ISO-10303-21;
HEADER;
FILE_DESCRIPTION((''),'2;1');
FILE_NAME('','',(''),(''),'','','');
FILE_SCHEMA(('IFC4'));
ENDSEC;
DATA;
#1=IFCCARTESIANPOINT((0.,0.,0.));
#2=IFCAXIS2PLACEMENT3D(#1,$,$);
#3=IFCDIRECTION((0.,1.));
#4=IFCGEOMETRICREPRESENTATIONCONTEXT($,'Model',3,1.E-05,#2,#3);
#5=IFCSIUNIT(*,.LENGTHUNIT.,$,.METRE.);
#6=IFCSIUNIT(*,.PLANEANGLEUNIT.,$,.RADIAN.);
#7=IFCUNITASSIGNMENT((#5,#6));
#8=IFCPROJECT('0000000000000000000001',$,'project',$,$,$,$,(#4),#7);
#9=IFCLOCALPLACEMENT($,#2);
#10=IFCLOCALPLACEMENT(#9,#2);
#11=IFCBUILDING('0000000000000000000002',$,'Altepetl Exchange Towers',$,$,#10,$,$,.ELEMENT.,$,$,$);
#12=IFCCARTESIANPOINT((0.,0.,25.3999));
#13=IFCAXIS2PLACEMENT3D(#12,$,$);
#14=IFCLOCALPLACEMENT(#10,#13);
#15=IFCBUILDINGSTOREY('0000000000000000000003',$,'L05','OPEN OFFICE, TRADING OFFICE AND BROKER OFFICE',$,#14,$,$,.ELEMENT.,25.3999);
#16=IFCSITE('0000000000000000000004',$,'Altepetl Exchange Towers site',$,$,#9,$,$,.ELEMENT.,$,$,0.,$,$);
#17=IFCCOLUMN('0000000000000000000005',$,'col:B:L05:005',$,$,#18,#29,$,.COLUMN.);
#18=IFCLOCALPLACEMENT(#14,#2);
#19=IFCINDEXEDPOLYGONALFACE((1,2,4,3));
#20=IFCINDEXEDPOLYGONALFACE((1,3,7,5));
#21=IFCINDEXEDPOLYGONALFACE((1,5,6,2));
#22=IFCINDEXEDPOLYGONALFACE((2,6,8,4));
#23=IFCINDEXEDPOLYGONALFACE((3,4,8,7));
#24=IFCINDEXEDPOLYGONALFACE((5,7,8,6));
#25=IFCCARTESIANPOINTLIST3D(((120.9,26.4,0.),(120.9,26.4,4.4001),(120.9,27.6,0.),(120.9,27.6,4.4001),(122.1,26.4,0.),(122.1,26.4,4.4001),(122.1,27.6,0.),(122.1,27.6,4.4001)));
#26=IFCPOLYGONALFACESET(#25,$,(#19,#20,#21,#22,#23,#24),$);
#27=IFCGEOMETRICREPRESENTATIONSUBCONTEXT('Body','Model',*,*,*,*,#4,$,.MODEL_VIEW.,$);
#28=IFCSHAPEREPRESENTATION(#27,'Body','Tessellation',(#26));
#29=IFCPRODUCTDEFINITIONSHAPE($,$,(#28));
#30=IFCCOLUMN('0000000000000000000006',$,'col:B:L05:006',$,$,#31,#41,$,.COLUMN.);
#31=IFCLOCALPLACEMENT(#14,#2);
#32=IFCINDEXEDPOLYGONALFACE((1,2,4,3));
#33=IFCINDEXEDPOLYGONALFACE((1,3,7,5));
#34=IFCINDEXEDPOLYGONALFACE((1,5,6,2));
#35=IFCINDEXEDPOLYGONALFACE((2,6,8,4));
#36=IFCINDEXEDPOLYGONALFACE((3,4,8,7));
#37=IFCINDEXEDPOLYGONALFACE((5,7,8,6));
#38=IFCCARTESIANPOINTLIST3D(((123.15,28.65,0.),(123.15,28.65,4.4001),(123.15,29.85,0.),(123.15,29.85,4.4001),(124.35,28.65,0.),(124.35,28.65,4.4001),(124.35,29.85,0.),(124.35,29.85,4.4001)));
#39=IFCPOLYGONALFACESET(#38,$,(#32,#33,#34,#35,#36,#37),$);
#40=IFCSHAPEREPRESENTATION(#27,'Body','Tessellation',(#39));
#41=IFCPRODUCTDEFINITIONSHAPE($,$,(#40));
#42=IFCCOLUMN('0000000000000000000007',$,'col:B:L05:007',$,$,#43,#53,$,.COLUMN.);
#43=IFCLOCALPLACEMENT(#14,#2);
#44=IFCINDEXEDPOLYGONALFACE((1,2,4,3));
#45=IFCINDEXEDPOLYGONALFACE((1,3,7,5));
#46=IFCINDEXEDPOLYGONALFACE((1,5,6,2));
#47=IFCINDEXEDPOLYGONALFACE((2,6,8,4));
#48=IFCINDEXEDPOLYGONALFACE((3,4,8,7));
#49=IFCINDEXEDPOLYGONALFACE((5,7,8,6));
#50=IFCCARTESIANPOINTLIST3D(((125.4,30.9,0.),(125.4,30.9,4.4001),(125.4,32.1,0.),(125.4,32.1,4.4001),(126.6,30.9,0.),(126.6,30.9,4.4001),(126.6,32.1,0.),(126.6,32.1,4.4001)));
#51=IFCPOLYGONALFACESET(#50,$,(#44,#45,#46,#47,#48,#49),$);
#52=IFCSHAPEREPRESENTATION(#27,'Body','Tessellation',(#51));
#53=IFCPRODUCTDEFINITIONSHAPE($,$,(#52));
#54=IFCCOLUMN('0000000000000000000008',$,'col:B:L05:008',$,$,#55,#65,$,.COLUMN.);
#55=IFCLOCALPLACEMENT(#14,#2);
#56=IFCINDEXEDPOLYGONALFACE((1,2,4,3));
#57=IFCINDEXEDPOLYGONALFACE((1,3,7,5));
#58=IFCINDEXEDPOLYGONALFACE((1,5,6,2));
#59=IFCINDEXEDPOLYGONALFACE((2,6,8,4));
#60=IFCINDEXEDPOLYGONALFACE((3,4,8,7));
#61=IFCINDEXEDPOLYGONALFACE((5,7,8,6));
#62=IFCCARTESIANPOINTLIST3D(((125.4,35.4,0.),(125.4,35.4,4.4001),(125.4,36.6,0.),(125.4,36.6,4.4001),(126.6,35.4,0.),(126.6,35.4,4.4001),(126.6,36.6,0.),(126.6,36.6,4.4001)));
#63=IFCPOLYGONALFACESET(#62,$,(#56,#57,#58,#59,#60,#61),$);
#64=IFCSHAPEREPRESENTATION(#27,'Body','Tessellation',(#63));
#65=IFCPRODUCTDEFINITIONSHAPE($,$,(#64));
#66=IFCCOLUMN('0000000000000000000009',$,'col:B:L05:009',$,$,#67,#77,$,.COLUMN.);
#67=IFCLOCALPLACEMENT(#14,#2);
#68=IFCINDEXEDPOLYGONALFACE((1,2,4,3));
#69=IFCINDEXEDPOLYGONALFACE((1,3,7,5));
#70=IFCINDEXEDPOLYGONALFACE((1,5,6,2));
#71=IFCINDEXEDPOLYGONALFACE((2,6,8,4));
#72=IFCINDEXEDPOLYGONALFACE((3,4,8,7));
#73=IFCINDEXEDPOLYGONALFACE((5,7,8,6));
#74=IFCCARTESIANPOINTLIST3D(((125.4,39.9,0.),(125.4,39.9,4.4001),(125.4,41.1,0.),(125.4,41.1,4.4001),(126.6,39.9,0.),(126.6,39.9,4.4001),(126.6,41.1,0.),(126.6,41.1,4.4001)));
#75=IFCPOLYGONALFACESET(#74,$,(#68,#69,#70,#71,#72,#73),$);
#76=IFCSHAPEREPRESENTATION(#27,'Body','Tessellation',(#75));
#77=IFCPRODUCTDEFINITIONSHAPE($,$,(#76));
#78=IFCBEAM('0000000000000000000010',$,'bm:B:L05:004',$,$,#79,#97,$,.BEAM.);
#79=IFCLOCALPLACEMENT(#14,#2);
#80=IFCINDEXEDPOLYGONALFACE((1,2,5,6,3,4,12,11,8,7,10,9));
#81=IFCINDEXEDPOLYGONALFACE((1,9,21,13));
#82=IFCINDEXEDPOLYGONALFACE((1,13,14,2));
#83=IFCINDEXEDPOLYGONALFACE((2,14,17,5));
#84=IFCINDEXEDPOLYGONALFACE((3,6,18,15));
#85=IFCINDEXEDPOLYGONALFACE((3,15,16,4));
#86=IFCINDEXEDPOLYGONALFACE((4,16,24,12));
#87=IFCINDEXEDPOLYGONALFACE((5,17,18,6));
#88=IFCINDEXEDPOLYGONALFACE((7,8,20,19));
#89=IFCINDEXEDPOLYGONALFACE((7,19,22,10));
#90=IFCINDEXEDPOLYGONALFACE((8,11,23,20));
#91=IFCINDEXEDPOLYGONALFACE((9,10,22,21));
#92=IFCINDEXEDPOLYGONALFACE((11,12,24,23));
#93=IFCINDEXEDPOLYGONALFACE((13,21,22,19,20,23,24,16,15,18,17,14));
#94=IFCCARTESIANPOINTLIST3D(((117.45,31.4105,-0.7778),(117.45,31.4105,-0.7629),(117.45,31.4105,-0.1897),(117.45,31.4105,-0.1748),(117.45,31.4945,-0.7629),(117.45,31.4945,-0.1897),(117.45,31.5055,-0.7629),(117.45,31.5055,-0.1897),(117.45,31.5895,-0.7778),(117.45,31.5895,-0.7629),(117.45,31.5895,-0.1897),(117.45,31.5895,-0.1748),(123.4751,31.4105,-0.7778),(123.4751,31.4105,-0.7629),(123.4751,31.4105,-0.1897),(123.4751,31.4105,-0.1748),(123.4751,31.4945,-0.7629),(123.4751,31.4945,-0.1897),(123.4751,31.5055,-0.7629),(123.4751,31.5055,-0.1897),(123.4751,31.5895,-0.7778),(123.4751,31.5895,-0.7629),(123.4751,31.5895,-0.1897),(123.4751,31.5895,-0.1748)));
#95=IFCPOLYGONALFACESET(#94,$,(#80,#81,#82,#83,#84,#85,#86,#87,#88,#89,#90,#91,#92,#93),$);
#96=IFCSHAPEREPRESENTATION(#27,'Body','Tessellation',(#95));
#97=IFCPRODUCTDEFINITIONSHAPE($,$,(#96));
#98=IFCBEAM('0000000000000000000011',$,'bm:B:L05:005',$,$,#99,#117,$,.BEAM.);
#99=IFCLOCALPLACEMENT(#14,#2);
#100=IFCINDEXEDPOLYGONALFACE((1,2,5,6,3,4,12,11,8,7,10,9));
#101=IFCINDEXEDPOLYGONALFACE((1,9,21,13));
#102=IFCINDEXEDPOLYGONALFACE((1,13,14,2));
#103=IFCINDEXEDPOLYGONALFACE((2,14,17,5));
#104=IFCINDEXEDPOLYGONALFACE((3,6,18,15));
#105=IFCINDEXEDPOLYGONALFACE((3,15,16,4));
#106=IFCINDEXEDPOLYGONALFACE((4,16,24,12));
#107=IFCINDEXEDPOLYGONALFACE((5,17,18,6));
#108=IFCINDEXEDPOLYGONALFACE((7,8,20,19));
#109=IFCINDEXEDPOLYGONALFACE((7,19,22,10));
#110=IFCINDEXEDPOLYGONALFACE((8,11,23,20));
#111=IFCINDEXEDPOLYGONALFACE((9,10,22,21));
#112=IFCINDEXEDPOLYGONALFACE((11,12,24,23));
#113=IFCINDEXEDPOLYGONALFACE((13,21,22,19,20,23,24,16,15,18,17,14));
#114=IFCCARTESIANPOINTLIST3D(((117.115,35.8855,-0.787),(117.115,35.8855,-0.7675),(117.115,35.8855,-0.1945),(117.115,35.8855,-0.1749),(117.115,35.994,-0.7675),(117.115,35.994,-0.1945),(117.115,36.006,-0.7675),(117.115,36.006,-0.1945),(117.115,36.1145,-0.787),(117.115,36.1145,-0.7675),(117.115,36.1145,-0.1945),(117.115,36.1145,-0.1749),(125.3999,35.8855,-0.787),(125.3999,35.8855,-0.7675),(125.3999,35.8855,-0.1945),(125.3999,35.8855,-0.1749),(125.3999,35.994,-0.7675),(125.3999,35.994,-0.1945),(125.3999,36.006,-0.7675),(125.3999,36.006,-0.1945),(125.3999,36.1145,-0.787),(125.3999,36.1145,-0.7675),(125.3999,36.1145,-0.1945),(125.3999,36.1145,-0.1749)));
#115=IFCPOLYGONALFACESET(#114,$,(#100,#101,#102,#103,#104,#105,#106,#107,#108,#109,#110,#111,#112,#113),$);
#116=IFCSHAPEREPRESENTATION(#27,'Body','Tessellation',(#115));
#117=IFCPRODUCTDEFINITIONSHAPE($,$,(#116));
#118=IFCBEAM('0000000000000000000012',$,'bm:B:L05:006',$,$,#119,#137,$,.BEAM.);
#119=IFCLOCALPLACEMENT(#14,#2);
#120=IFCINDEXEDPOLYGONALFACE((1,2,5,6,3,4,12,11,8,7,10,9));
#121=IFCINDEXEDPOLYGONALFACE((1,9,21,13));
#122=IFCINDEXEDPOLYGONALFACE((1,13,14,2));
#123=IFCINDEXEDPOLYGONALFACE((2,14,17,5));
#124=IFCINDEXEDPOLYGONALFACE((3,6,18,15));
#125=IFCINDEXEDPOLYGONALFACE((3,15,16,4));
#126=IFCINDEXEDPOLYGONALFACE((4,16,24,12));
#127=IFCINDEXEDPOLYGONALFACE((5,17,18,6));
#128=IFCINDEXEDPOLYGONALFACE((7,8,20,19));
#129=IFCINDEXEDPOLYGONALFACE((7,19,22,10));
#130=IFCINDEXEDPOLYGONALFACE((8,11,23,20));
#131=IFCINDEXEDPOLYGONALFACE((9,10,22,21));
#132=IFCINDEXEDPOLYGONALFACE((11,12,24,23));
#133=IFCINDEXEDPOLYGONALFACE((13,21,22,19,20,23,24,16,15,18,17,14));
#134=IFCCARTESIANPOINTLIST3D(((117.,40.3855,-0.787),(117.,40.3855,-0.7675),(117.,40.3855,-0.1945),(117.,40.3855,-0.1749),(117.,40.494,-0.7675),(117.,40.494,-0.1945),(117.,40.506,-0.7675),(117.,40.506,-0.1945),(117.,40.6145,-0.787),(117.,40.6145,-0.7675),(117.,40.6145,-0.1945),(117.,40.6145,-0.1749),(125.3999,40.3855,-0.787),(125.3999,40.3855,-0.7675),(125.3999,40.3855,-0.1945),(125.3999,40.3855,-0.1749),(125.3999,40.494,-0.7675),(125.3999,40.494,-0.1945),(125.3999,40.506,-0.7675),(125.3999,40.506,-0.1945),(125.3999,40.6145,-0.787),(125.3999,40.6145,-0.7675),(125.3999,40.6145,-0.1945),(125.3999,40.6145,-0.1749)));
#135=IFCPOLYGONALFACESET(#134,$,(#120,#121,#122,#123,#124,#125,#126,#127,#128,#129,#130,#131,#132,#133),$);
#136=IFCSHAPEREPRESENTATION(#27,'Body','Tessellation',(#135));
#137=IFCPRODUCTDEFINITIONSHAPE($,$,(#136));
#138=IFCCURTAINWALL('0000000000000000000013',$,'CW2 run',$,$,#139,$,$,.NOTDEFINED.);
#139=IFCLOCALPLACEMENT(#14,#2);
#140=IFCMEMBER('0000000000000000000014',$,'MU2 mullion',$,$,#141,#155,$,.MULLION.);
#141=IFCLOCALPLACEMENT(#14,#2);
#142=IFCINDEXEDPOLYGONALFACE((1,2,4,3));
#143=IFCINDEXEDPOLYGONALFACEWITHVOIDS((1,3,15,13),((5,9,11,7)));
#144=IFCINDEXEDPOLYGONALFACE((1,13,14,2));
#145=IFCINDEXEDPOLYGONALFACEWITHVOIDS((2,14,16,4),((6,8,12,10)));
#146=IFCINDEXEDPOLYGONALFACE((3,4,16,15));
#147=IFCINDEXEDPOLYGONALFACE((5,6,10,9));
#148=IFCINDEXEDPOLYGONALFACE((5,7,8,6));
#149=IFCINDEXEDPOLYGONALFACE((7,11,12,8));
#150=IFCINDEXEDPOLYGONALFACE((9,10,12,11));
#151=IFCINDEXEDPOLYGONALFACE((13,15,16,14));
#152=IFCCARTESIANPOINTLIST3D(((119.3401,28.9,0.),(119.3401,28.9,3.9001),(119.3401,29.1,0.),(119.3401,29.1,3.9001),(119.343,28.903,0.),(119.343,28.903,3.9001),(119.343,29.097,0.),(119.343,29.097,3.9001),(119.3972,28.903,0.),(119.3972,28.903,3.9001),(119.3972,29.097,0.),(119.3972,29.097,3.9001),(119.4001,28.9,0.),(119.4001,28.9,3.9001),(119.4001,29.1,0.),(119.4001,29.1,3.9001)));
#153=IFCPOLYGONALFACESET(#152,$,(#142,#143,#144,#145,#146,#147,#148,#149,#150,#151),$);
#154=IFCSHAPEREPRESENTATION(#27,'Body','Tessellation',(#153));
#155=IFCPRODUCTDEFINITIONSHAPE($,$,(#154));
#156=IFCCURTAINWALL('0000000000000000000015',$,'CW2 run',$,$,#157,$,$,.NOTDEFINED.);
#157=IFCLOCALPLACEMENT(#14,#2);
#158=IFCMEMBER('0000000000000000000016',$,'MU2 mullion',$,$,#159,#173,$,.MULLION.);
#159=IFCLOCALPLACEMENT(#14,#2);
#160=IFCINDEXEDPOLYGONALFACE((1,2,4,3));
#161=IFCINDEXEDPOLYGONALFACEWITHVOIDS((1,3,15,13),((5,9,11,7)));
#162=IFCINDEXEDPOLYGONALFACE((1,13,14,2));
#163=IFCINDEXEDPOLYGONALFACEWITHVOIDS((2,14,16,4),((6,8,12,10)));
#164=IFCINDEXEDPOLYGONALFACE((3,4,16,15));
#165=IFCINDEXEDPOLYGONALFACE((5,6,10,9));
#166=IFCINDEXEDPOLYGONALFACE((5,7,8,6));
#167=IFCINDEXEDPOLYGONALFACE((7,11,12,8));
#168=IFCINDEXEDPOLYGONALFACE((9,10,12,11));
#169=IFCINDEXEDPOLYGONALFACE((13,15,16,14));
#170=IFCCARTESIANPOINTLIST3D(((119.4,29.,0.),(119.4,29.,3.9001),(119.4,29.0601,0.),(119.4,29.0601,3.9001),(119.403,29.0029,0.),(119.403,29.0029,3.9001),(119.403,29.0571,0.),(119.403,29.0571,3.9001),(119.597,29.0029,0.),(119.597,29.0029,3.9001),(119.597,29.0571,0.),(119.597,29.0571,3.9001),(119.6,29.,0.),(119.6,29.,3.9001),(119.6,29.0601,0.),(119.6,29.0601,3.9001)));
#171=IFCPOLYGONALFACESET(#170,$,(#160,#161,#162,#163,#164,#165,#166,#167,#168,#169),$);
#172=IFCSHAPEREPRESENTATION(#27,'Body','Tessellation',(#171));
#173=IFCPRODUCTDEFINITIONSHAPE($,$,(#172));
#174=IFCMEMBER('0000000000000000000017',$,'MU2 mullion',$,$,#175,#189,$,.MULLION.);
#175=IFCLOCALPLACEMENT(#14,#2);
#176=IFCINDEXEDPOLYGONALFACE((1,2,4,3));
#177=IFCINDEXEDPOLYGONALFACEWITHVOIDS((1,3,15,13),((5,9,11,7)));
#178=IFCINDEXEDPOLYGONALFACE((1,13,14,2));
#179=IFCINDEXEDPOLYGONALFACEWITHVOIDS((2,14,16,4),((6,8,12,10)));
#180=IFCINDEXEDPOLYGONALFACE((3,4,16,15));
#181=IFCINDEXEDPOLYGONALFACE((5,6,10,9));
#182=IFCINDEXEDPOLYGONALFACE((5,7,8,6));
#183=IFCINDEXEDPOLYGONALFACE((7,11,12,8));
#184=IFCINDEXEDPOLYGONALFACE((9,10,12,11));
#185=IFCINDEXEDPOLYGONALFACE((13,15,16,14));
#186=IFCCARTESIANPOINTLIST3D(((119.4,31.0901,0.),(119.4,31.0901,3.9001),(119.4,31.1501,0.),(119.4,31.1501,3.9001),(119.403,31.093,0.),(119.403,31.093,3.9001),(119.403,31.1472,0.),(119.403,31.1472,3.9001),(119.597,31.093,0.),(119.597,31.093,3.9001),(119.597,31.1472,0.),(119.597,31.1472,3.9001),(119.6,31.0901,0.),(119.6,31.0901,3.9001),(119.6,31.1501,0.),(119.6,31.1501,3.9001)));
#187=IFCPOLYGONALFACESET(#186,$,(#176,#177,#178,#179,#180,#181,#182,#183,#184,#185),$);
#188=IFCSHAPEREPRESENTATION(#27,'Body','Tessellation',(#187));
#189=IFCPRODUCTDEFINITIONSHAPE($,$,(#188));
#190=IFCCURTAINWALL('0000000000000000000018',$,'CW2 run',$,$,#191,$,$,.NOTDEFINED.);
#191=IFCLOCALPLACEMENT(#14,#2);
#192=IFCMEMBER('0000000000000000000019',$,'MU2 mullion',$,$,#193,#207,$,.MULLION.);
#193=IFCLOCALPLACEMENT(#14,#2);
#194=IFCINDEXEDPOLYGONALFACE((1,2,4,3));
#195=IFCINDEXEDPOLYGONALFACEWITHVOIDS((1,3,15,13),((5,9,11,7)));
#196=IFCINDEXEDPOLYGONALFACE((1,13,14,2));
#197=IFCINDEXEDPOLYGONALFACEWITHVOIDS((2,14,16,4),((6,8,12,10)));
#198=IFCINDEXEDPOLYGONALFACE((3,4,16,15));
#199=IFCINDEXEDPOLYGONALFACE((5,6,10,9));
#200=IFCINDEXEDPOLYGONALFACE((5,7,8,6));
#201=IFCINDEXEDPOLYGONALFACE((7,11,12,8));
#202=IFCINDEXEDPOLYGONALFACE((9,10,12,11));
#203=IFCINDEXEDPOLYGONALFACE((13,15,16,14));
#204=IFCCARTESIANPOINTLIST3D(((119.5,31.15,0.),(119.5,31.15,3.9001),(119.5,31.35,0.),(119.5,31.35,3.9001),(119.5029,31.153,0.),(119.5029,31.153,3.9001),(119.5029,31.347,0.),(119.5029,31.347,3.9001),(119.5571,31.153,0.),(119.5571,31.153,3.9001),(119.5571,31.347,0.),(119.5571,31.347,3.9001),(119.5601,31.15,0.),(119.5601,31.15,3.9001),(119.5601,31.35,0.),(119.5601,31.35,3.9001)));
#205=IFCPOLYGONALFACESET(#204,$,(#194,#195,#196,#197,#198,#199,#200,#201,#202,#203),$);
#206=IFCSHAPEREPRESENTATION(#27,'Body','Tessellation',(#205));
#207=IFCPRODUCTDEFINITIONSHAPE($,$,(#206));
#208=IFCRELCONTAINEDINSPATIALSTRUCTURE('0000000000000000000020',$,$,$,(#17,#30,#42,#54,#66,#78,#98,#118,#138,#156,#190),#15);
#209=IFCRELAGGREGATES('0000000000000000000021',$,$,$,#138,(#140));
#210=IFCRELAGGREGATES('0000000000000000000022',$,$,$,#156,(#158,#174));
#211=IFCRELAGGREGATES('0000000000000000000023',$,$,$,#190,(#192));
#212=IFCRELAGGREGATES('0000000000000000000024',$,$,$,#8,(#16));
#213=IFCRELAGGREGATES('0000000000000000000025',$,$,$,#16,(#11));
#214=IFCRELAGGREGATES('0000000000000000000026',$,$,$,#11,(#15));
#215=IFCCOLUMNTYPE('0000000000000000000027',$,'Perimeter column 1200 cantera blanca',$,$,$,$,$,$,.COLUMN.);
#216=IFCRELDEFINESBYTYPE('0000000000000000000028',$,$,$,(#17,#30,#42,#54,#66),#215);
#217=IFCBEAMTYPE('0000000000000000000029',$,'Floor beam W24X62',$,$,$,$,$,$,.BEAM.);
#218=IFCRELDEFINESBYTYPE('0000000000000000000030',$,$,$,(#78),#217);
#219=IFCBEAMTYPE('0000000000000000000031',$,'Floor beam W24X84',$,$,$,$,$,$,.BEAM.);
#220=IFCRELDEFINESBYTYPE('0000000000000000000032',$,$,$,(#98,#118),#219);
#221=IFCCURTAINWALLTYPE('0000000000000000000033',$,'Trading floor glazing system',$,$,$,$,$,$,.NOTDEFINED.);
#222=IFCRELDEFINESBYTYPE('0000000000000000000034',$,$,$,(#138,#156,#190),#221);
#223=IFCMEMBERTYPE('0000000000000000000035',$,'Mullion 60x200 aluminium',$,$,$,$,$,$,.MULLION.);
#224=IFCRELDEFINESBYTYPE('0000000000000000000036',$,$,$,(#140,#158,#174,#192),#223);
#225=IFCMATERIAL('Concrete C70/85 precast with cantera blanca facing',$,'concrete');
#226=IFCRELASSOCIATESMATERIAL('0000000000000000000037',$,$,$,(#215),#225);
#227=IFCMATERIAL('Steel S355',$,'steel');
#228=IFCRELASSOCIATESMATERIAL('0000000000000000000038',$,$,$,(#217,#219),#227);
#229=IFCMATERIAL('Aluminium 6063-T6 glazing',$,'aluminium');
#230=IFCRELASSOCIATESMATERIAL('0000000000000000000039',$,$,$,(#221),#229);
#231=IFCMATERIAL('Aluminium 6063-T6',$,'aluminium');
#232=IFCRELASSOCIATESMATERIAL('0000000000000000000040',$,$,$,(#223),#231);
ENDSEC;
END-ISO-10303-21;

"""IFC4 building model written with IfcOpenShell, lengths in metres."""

from ifc_helpers import new_model, si_unit, direction, frame, origin, origin_2d, place, context, subcontext, project, spatial, rectangle, hollow_rectangle, i_section, extrude, material, material_profile, profile_set, type_object, element, aggregate, save


model = new_model("IFC4")

# Units and contexts
model_context = context("Model", 3, precision=1e-05, world=origin(), true_north=direction((0.0, 1.0)))
body_context = subcontext(model_context, "Body", "Model", "MODEL_VIEW")
ifc_project = project(units=[si_unit("LENGTHUNIT", "METRE"), si_unit("PLANEANGLEUNIT", "RADIAN")], contexts=[model_context])

# Site, building, storey
site_placement = place(None, origin())
site = spatial("IfcSite", under=ifc_project, at=site_placement, Name="Altepetl Exchange Towers site", CompositionType="ELEMENT", RefElevation=0.0)
building_placement = place(site_placement, origin())
building = spatial("IfcBuilding", under=site, at=building_placement, Name="Altepetl Exchange Towers", CompositionType="ELEMENT")
storey_placement = place(building_placement, frame((0.0, 0.0, 25.3999)))
storey = spatial("IfcBuildingStorey", under=building, at=storey_placement, Name="L05", Description="OPEN OFFICE, TRADING OFFICE AND BROKER OFFICE", CompositionType="ELEMENT", Elevation=25.3999)

# Columns
ifc_material_1 = material(Name="Concrete C70/85 precast with cantera blanca facing", Category="concrete")
ifc_material_profile_1 = material_profile(ifc_material_1, rectangle(XDim=1.2, YDim=1.2, at=origin_2d()), Name="1200 x 1200")
ifc_profile_set_1 = profile_set([ifc_material_profile_1], Name="Concrete C70/85 precast with cantera blanca facing")
column_type = type_object("IfcColumnType", Name="Perimeter column 1200 cantera blanca", PredefinedType="COLUMN", material=ifc_profile_set_1)
for number, where, name in (
    (1, (121.5, 27.0, 0.0), "col:B:L05:005"),
    (2, (123.75, 29.25, 0.0), "col:B:L05:006"),
    (3, (126.0, 31.5, 0.0), "col:B:L05:007"),
    (4, (126.0, 36.0, 0.0), "col:B:L05:008"),
    (5, (126.0, 40.5, 0.0), "col:B:L05:009"),
):
    element("IfcColumn", number, at=place(storey_placement, frame(where)), inside=storey, type_object=column_type, Name=name, PredefinedType="COLUMN", context=body_context, shape_type="SweptSolid", body=[
        extrude(rectangle(XDim=1.2, YDim=1.2, at=origin_2d()), origin(), (0.0, 0.0, 1.0), 4.4001),
    ])

# Beams
ifc_material_2 = material(Name="Steel S355", Category="steel")
ifc_material_profile_2 = material_profile(ifc_material_2, i_section(OverallWidth=0.179, OverallDepth=0.603, WebThickness=0.011, FlangeThickness=0.0149, at=origin_2d()), Name="W24X62")
ifc_profile_set_2 = profile_set([ifc_material_profile_2], Name="Steel S355")
beam_type_1 = type_object("IfcBeamType", Name="Floor beam W24X62", PredefinedType="BEAM", material=ifc_profile_set_2)
beam_1_placement = place(storey_placement, frame((117.45, 31.5, -0.4763), z_axis=(1.0, 0.0, 0.0), x_axis=(0.0, 1.0, 0.0)))
element("IfcBeam", 6, at=beam_1_placement, inside=storey, type_object=beam_type_1, Name="bm:B:L05:004", PredefinedType="BEAM", context=body_context, shape_type="SweptSolid", body=[
    extrude(i_section(OverallWidth=0.179, OverallDepth=0.603, WebThickness=0.011, FlangeThickness=0.0149, at=origin_2d()), origin(), (0.0, 0.0, 1.0), 6.0251),
])
ifc_material_profile_3 = material_profile(ifc_material_2, i_section(OverallWidth=0.229, OverallDepth=0.6121, WebThickness=0.012, FlangeThickness=0.0195, at=origin_2d()), Name="W24X84")
ifc_profile_set_3 = profile_set([ifc_material_profile_3], Name="Steel S355")
beam_type_2 = type_object("IfcBeamType", Name="Floor beam W24X84", PredefinedType="BEAM", material=ifc_profile_set_3)
beam_2_placement = place(storey_placement, frame((117.115, 36.0, -0.481), z_axis=(1.0, 0.0, 0.0), x_axis=(0.0, 1.0, 0.0)))
element("IfcBeam", 7, at=beam_2_placement, inside=storey, type_object=beam_type_2, Name="bm:B:L05:005", PredefinedType="BEAM", context=body_context, shape_type="SweptSolid", body=[
    extrude(i_section(OverallWidth=0.229, OverallDepth=0.6121, WebThickness=0.012, FlangeThickness=0.0195, at=origin_2d()), origin(), (0.0, 0.0, 1.0), 8.2849),
])
beam_3_placement = place(storey_placement, frame((117.0, 40.5, -0.481), z_axis=(1.0, 0.0, 0.0), x_axis=(0.0, 1.0, 0.0)))
element("IfcBeam", 8, at=beam_3_placement, inside=storey, type_object=beam_type_2, Name="bm:B:L05:006", PredefinedType="BEAM", context=body_context, shape_type="SweptSolid", body=[
    extrude(i_section(OverallWidth=0.229, OverallDepth=0.6121, WebThickness=0.012, FlangeThickness=0.0195, at=origin_2d()), origin(), (0.0, 0.0, 1.0), 8.3999),
])

# Curtain wall, member
ifc_material_3 = material(Name="Aluminium 6063-T6 glazing", Category="aluminium")
curtain_wall_type = type_object("IfcCurtainWallType", Name="Trading floor glazing system", PredefinedType="NOTDEFINED", material=ifc_material_3)
curtain_wall_1_placement = place(storey_placement, origin())
curtain_wall_1 = element("IfcCurtainWall", 9, at=curtain_wall_1_placement, inside=storey, type_object=curtain_wall_type, Name="CW2 run", PredefinedType="NOTDEFINED")
ifc_material_4 = material(Name="Aluminium 6063-T6", Category="aluminium")
ifc_material_profile_4 = material_profile(ifc_material_4, hollow_rectangle(XDim=0.0601, YDim=0.2, WallThickness=0.0029, at=origin_2d()), Name="Mullion 60x200 aluminium")
ifc_profile_set_4 = profile_set([ifc_material_profile_4], Name="Aluminium 6063-T6")
member_type = type_object("IfcMemberType", Name="Mullion 60x200 aluminium", PredefinedType="MULLION", material=ifc_profile_set_4)
member_1_placement = place(storey_placement, frame((119.3701, 29.0, 0.0)))
member_1 = element("IfcMember", 10, at=member_1_placement, type_object=member_type, Name="MU2 mullion", PredefinedType="MULLION", context=body_context, shape_type="SweptSolid", body=[
    extrude(hollow_rectangle(XDim=0.0601, YDim=0.2, WallThickness=0.0029, at=origin_2d()), origin(), (0.0, 0.0, 1.0), 3.9001),
])

# Curtain walls, members
curtain_wall_2_placement = place(storey_placement, origin())
curtain_wall_2 = element("IfcCurtainWall", 11, at=curtain_wall_2_placement, inside=storey, type_object=curtain_wall_type, Name="CW2 run", PredefinedType="NOTDEFINED")
member_2_placement = place(storey_placement, frame((119.5, 29.03, 0.0), z_axis=(0.0, 0.0, 1.0), x_axis=(0.0, 1.0, 0.0)))
member_2 = element("IfcMember", 12, at=member_2_placement, type_object=member_type, Name="MU2 mullion", PredefinedType="MULLION", context=body_context, shape_type="SweptSolid", body=[
    extrude(hollow_rectangle(XDim=0.0601, YDim=0.2, WallThickness=0.0029, at=origin_2d()), origin(), (0.0, 0.0, 1.0), 3.9001),
])
member_3_placement = place(storey_placement, frame((119.5, 31.1201, 0.0), z_axis=(0.0, 0.0, 1.0), x_axis=(0.0, 1.0, 0.0)))
member_3 = element("IfcMember", 13, at=member_3_placement, type_object=member_type, Name="MU2 mullion", PredefinedType="MULLION", context=body_context, shape_type="SweptSolid", body=[
    extrude(hollow_rectangle(XDim=0.0601, YDim=0.2, WallThickness=0.0029, at=origin_2d()), origin(), (0.0, 0.0, 1.0), 3.9001),
])
curtain_wall_3_placement = place(storey_placement, origin())
curtain_wall_3 = element("IfcCurtainWall", 14, at=curtain_wall_3_placement, inside=storey, type_object=curtain_wall_type, Name="CW2 run", PredefinedType="NOTDEFINED")
member_4_placement = place(storey_placement, frame((119.53, 31.25, 0.0)))
member_4 = element("IfcMember", 15, at=member_4_placement, type_object=member_type, Name="MU2 mullion", PredefinedType="MULLION", context=body_context, shape_type="SweptSolid", body=[
    extrude(hollow_rectangle(XDim=0.0601, YDim=0.2, WallThickness=0.0029, at=origin_2d()), origin(), (0.0, 0.0, 1.0), 3.9001),
])

aggregate(curtain_wall_1, [member_1])
aggregate(curtain_wall_2, [member_2, member_3])
aggregate(curtain_wall_3, [member_4])

save(model, "model.ifc")
